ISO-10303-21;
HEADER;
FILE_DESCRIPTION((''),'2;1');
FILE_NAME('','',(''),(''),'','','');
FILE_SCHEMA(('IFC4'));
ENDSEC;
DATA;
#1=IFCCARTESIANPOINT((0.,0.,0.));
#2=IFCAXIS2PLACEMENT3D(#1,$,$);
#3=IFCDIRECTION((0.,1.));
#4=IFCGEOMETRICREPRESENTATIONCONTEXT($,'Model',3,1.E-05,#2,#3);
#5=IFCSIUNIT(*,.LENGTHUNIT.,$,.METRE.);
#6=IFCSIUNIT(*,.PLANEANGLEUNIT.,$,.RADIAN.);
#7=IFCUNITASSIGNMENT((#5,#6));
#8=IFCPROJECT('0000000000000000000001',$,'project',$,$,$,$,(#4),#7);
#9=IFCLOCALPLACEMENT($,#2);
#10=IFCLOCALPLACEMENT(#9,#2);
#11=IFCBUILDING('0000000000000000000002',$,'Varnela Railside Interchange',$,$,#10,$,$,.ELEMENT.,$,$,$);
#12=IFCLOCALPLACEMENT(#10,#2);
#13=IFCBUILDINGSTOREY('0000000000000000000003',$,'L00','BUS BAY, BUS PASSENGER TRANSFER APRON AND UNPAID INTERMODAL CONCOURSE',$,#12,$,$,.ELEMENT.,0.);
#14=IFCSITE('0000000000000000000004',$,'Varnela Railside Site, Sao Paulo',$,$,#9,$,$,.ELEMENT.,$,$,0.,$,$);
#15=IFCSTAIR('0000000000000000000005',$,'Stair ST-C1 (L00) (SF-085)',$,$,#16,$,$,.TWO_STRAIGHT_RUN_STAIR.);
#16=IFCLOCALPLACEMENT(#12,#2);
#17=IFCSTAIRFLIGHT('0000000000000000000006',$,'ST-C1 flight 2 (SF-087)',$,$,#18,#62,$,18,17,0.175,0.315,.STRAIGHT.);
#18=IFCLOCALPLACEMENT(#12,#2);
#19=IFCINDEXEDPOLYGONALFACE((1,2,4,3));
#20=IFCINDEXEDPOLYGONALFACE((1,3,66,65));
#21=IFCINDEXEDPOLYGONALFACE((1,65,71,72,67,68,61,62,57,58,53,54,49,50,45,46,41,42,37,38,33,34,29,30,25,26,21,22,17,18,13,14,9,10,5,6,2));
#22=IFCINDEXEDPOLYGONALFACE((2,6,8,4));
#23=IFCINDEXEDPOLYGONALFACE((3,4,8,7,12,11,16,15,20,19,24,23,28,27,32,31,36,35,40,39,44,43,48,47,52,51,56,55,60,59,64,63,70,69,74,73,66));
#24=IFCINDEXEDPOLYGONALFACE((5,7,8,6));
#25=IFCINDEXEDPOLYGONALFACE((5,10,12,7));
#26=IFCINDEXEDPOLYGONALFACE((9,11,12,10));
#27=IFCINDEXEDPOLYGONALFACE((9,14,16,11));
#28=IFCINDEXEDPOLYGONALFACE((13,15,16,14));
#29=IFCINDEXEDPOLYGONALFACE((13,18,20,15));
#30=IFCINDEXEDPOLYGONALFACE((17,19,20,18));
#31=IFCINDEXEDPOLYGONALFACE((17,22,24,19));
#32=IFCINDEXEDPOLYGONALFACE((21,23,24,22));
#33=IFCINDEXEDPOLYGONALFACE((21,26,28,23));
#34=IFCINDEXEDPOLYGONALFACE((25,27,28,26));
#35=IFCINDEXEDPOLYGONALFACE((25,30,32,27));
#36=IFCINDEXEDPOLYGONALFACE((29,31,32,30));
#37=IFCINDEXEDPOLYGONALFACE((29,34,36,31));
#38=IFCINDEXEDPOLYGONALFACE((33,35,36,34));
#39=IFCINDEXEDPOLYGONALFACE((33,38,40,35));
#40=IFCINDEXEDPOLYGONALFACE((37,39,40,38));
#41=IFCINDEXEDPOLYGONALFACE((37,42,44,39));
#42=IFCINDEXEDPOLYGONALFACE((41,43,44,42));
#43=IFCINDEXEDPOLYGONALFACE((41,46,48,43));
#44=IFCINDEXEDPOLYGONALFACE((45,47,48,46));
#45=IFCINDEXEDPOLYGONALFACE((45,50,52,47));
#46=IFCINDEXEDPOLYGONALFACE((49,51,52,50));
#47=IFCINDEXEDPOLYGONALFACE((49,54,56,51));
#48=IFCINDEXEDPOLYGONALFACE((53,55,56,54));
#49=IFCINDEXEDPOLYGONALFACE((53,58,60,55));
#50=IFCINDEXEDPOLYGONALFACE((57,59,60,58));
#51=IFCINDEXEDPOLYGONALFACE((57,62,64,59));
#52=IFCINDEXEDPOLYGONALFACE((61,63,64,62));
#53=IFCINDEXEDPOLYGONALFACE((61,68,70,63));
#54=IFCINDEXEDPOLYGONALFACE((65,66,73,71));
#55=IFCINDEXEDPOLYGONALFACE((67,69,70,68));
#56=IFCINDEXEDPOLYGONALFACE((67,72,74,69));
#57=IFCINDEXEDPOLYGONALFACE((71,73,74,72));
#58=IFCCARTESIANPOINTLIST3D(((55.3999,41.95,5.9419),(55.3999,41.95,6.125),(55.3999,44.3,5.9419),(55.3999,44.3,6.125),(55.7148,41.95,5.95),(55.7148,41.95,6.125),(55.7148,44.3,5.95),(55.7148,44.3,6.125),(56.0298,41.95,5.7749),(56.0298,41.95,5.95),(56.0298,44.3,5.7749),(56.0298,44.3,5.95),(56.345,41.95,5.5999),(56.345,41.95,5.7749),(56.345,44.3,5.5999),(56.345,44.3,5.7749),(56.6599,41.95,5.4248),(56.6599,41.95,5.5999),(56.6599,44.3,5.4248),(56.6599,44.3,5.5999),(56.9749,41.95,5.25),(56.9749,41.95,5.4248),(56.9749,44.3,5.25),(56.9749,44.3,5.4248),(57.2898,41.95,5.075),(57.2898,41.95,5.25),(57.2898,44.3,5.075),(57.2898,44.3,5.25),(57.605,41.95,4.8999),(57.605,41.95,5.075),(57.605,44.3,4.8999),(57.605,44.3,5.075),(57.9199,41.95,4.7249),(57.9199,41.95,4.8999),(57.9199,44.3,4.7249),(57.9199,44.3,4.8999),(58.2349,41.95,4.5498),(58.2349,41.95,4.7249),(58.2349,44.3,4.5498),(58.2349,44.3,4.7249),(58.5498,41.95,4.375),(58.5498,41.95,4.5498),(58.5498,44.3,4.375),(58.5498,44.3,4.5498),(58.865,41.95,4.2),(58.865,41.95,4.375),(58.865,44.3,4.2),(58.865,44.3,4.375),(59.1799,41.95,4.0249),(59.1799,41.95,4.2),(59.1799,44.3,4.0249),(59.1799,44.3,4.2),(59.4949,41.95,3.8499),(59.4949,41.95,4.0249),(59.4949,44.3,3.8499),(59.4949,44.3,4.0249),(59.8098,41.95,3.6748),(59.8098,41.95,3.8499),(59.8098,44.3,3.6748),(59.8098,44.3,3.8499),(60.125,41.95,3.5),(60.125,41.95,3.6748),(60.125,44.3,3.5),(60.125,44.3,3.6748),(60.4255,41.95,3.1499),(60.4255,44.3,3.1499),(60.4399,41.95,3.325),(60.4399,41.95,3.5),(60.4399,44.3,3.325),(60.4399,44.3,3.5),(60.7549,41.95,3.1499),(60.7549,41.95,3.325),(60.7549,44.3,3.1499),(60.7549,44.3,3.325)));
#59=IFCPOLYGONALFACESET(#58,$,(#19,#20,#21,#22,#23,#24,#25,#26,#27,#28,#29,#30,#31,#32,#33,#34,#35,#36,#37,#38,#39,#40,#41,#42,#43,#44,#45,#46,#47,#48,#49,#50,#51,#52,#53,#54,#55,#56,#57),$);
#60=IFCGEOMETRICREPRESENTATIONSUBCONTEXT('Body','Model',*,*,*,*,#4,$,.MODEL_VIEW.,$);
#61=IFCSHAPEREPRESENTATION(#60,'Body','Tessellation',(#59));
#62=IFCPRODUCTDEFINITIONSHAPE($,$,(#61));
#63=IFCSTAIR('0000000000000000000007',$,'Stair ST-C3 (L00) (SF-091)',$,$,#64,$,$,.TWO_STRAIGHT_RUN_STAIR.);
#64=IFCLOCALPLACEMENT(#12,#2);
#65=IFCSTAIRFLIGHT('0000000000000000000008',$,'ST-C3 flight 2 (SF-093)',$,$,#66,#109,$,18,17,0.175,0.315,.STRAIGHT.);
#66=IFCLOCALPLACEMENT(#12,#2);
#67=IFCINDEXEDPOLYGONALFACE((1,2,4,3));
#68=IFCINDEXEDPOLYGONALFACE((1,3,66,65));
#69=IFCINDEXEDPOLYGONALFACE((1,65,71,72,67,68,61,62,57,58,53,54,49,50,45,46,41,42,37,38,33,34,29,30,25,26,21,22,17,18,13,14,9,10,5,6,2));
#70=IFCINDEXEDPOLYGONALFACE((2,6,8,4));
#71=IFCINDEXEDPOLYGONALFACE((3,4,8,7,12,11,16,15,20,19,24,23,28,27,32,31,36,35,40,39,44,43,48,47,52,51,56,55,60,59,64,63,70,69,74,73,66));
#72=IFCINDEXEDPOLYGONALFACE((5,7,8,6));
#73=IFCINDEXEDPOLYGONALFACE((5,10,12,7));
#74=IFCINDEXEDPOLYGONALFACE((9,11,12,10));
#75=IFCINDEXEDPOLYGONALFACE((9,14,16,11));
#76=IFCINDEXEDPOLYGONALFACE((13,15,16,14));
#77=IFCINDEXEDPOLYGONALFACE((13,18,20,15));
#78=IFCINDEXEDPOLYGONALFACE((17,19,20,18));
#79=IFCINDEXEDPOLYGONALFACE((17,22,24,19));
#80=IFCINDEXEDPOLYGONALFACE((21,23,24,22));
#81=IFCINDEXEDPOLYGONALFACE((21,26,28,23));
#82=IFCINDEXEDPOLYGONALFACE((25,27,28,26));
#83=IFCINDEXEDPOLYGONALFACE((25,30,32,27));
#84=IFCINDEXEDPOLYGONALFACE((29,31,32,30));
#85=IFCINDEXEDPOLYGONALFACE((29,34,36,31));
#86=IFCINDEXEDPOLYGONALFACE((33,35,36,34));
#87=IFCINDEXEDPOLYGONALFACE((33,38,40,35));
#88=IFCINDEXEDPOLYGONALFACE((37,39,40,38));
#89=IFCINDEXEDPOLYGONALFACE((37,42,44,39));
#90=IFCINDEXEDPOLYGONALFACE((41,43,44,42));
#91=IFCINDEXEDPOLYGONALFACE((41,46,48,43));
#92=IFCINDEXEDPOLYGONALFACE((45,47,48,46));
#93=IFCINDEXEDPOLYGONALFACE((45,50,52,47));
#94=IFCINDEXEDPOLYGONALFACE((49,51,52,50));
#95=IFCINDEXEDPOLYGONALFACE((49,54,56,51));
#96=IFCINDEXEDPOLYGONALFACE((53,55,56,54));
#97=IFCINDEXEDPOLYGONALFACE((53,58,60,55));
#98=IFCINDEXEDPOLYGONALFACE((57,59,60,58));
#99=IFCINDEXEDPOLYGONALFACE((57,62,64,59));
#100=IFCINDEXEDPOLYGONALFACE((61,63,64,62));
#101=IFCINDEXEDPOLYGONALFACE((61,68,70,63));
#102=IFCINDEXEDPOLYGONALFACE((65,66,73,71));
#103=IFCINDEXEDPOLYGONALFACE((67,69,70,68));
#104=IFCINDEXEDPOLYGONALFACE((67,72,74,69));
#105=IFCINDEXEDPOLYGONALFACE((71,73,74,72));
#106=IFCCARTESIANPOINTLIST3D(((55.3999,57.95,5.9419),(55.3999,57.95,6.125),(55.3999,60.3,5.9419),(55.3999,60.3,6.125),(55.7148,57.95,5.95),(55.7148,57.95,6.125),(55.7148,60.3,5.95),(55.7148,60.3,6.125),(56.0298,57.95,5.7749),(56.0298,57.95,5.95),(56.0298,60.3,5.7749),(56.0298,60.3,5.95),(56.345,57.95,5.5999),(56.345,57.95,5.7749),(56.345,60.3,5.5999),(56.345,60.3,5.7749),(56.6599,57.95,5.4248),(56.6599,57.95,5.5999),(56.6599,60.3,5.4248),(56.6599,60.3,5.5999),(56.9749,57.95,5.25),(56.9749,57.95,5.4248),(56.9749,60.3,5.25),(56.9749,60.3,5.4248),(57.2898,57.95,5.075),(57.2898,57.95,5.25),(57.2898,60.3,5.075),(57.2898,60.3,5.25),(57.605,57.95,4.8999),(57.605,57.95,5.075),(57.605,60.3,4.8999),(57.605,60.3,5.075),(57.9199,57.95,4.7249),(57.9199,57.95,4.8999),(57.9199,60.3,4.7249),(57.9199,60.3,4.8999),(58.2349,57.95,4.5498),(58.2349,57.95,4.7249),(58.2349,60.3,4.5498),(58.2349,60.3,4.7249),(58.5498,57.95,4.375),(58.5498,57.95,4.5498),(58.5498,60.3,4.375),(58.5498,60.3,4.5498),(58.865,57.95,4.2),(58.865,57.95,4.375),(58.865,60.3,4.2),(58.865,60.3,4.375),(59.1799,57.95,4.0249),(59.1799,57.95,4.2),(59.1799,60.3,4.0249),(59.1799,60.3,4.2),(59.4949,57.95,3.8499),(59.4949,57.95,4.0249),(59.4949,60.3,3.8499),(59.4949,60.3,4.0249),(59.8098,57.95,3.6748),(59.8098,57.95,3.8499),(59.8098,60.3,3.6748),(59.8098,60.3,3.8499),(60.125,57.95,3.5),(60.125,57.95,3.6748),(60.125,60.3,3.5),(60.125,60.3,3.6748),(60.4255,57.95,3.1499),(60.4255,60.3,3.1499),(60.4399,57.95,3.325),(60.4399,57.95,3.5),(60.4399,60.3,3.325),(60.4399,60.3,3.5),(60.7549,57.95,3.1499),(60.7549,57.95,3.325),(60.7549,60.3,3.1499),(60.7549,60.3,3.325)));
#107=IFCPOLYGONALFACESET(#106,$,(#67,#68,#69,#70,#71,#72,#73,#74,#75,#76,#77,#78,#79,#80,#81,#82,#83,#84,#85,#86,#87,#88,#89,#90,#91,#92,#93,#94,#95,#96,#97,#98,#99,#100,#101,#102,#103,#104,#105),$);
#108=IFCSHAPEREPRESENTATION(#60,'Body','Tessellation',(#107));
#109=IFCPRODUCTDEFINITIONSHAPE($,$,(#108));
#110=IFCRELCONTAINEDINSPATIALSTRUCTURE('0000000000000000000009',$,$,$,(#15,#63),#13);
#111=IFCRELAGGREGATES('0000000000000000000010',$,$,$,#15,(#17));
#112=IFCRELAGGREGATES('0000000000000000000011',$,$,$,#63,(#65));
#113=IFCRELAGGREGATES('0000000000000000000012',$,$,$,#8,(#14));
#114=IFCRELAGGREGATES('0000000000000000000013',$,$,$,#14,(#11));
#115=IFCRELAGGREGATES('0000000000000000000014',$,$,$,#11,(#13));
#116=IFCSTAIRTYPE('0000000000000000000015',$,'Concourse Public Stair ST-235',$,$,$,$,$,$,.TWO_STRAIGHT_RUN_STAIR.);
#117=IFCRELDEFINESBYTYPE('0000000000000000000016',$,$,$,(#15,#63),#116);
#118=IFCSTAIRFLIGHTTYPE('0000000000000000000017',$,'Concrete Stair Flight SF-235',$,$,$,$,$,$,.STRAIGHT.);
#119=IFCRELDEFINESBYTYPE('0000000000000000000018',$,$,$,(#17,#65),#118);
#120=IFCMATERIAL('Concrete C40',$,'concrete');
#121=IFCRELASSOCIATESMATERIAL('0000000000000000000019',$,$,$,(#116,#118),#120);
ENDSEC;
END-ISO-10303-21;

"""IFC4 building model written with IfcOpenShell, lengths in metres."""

from ifc_helpers import new_model, si_unit, direction, frame, origin, place, context, subcontext, project, spatial, polyline, outline, extrude, material, type_object, element, aggregate, save


model = new_model("IFC4")

# Units and contexts
model_context = context("Model", 3, precision=1e-05, world=origin(), true_north=direction((0.0, 1.0)))
body_context = subcontext(model_context, "Body", "Model", "MODEL_VIEW")
ifc_project = project(units=[si_unit("LENGTHUNIT", "METRE"), si_unit("PLANEANGLEUNIT", "RADIAN")], contexts=[model_context])

# Site, building, storey
site_placement = place(None, origin())
site = spatial("IfcSite", under=ifc_project, at=site_placement, Name="Varnela Railside Site, Sao Paulo", CompositionType="ELEMENT", RefElevation=0.0)
building_placement = place(site_placement, origin())
building = spatial("IfcBuilding", under=site, at=building_placement, Name="Varnela Railside Interchange", CompositionType="ELEMENT")
storey_placement = place(building_placement, origin())
storey = spatial("IfcBuildingStorey", under=building, at=storey_placement, Name="L00", Description="BUS BAY, BUS PASSENGER TRANSFER APRON AND UNPAID INTERMODAL CONCOURSE", CompositionType="ELEMENT", Elevation=0.0)

# Shared definitions
ifc_material_1 = material(Name="Concrete C40", Category="concrete")

# Stairs, stair flights
stair_type = type_object("IfcStairType", Name="Concourse Public Stair ST-235", PredefinedType="TWO_STRAIGHT_RUN_STAIR", material=ifc_material_1)
stair_1_placement = place(storey_placement, origin())
stair_1 = element("IfcStair", 1, at=stair_1_placement, inside=storey, type_object=stair_type, Name="Stair ST-C1 (L00) (SF-085)", PredefinedType="TWO_STRAIGHT_RUN_STAIR")
stair_flight_type = type_object("IfcStairFlightType", Name="Concrete Stair Flight SF-235", PredefinedType="STRAIGHT", material=ifc_material_1)
stair_flight_1_placement = place(storey_placement, frame((60.7549, 43.125, 3.1499), z_axis=(0.0, 0.0, 1.0), x_axis=(-1.0, 0.0, 0.0)))
stair_flight_1 = element("IfcStairFlight", 2, at=stair_flight_1_placement, type_object=stair_flight_type, Name="ST-C1 flight 2 (SF-087)", NumberOfRisers=18, NumberOfTreads=17, PredefinedType="STRAIGHT", RiserHeight=0.175, TreadLength=0.315, context=body_context, shape_type="SweptSolid", body=[
    extrude(outline(polyline([(0.0, 0.0), (0.0, 0.175), (0.3149, 0.175), (0.3149, 0.3501), (0.6299, 0.3501), (0.6299, 0.5249), (0.9451, 0.5249), (0.9451, 0.7), (1.26, 0.7), (1.26, 0.875), (1.575, 0.875), (1.575, 1.05), (1.8899, 1.05), (1.8899, 1.2251), (2.2051, 1.2251), (2.2051, 1.3999), (2.52, 1.3999), (2.52, 1.575), (2.835, 1.575), (2.835, 1.75), (3.1499, 1.75), (3.1499, 1.925), (3.4651, 1.925), (3.4651, 2.1001), (3.78, 2.1001), (3.78, 2.2749), (4.095, 2.2749), (4.095, 2.45), (4.4099, 2.45), (4.4099, 2.625), (4.7251, 2.625), (4.7251, 2.8), (5.04, 2.8), (5.04, 2.9751), (5.355, 2.9751), (5.355, 3.1499), (5.355, 2.792), (0.3293, 0.0), (0.0, 0.0)])), frame((0.0, 1.175, 0.0), z_axis=(0.0, -1.0, 0.0), x_axis=(1.0, 0.0, 0.0)), (0.0, 0.0, 1.0), 2.3501),
])
aggregate(stair_1, [stair_flight_1])
stair_2_placement = place(storey_placement, origin())
stair_2 = element("IfcStair", 3, at=stair_2_placement, inside=storey, type_object=stair_type, Name="Stair ST-C3 (L00) (SF-091)", PredefinedType="TWO_STRAIGHT_RUN_STAIR")
stair_flight_2_placement = place(storey_placement, frame((60.7549, 59.125, 3.1499), z_axis=(0.0, 0.0, 1.0), x_axis=(-1.0, 0.0, 0.0)))
stair_flight_2 = element("IfcStairFlight", 4, at=stair_flight_2_placement, type_object=stair_flight_type, Name="ST-C3 flight 2 (SF-093)", NumberOfRisers=18, NumberOfTreads=17, PredefinedType="STRAIGHT", RiserHeight=0.175, TreadLength=0.315, context=body_context, shape_type="SweptSolid", body=[
    extrude(outline(polyline([(0.0, 0.0), (0.0, 0.175), (0.3149, 0.175), (0.3149, 0.3501), (0.6299, 0.3501), (0.6299, 0.5249), (0.9451, 0.5249), (0.9451, 0.7), (1.26, 0.7), (1.26, 0.875), (1.575, 0.875), (1.575, 1.05), (1.8899, 1.05), (1.8899, 1.2251), (2.2051, 1.2251), (2.2051, 1.3999), (2.52, 1.3999), (2.52, 1.575), (2.835, 1.575), (2.835, 1.75), (3.1499, 1.75), (3.1499, 1.925), (3.4651, 1.925), (3.4651, 2.1001), (3.78, 2.1001), (3.78, 2.2749), (4.095, 2.2749), (4.095, 2.45), (4.4099, 2.45), (4.4099, 2.625), (4.7251, 2.625), (4.7251, 2.8), (5.04, 2.8), (5.04, 2.9751), (5.355, 2.9751), (5.355, 3.1499), (5.355, 2.792), (0.3293, 0.0), (0.0, 0.0)])), frame((0.0, 1.175, 0.0), z_axis=(0.0, -1.0, 0.0), x_axis=(1.0, 0.0, 0.0)), (0.0, 0.0, 1.0), 2.3501),
])
aggregate(stair_2, [stair_flight_2])

save(model, "model.ifc")
